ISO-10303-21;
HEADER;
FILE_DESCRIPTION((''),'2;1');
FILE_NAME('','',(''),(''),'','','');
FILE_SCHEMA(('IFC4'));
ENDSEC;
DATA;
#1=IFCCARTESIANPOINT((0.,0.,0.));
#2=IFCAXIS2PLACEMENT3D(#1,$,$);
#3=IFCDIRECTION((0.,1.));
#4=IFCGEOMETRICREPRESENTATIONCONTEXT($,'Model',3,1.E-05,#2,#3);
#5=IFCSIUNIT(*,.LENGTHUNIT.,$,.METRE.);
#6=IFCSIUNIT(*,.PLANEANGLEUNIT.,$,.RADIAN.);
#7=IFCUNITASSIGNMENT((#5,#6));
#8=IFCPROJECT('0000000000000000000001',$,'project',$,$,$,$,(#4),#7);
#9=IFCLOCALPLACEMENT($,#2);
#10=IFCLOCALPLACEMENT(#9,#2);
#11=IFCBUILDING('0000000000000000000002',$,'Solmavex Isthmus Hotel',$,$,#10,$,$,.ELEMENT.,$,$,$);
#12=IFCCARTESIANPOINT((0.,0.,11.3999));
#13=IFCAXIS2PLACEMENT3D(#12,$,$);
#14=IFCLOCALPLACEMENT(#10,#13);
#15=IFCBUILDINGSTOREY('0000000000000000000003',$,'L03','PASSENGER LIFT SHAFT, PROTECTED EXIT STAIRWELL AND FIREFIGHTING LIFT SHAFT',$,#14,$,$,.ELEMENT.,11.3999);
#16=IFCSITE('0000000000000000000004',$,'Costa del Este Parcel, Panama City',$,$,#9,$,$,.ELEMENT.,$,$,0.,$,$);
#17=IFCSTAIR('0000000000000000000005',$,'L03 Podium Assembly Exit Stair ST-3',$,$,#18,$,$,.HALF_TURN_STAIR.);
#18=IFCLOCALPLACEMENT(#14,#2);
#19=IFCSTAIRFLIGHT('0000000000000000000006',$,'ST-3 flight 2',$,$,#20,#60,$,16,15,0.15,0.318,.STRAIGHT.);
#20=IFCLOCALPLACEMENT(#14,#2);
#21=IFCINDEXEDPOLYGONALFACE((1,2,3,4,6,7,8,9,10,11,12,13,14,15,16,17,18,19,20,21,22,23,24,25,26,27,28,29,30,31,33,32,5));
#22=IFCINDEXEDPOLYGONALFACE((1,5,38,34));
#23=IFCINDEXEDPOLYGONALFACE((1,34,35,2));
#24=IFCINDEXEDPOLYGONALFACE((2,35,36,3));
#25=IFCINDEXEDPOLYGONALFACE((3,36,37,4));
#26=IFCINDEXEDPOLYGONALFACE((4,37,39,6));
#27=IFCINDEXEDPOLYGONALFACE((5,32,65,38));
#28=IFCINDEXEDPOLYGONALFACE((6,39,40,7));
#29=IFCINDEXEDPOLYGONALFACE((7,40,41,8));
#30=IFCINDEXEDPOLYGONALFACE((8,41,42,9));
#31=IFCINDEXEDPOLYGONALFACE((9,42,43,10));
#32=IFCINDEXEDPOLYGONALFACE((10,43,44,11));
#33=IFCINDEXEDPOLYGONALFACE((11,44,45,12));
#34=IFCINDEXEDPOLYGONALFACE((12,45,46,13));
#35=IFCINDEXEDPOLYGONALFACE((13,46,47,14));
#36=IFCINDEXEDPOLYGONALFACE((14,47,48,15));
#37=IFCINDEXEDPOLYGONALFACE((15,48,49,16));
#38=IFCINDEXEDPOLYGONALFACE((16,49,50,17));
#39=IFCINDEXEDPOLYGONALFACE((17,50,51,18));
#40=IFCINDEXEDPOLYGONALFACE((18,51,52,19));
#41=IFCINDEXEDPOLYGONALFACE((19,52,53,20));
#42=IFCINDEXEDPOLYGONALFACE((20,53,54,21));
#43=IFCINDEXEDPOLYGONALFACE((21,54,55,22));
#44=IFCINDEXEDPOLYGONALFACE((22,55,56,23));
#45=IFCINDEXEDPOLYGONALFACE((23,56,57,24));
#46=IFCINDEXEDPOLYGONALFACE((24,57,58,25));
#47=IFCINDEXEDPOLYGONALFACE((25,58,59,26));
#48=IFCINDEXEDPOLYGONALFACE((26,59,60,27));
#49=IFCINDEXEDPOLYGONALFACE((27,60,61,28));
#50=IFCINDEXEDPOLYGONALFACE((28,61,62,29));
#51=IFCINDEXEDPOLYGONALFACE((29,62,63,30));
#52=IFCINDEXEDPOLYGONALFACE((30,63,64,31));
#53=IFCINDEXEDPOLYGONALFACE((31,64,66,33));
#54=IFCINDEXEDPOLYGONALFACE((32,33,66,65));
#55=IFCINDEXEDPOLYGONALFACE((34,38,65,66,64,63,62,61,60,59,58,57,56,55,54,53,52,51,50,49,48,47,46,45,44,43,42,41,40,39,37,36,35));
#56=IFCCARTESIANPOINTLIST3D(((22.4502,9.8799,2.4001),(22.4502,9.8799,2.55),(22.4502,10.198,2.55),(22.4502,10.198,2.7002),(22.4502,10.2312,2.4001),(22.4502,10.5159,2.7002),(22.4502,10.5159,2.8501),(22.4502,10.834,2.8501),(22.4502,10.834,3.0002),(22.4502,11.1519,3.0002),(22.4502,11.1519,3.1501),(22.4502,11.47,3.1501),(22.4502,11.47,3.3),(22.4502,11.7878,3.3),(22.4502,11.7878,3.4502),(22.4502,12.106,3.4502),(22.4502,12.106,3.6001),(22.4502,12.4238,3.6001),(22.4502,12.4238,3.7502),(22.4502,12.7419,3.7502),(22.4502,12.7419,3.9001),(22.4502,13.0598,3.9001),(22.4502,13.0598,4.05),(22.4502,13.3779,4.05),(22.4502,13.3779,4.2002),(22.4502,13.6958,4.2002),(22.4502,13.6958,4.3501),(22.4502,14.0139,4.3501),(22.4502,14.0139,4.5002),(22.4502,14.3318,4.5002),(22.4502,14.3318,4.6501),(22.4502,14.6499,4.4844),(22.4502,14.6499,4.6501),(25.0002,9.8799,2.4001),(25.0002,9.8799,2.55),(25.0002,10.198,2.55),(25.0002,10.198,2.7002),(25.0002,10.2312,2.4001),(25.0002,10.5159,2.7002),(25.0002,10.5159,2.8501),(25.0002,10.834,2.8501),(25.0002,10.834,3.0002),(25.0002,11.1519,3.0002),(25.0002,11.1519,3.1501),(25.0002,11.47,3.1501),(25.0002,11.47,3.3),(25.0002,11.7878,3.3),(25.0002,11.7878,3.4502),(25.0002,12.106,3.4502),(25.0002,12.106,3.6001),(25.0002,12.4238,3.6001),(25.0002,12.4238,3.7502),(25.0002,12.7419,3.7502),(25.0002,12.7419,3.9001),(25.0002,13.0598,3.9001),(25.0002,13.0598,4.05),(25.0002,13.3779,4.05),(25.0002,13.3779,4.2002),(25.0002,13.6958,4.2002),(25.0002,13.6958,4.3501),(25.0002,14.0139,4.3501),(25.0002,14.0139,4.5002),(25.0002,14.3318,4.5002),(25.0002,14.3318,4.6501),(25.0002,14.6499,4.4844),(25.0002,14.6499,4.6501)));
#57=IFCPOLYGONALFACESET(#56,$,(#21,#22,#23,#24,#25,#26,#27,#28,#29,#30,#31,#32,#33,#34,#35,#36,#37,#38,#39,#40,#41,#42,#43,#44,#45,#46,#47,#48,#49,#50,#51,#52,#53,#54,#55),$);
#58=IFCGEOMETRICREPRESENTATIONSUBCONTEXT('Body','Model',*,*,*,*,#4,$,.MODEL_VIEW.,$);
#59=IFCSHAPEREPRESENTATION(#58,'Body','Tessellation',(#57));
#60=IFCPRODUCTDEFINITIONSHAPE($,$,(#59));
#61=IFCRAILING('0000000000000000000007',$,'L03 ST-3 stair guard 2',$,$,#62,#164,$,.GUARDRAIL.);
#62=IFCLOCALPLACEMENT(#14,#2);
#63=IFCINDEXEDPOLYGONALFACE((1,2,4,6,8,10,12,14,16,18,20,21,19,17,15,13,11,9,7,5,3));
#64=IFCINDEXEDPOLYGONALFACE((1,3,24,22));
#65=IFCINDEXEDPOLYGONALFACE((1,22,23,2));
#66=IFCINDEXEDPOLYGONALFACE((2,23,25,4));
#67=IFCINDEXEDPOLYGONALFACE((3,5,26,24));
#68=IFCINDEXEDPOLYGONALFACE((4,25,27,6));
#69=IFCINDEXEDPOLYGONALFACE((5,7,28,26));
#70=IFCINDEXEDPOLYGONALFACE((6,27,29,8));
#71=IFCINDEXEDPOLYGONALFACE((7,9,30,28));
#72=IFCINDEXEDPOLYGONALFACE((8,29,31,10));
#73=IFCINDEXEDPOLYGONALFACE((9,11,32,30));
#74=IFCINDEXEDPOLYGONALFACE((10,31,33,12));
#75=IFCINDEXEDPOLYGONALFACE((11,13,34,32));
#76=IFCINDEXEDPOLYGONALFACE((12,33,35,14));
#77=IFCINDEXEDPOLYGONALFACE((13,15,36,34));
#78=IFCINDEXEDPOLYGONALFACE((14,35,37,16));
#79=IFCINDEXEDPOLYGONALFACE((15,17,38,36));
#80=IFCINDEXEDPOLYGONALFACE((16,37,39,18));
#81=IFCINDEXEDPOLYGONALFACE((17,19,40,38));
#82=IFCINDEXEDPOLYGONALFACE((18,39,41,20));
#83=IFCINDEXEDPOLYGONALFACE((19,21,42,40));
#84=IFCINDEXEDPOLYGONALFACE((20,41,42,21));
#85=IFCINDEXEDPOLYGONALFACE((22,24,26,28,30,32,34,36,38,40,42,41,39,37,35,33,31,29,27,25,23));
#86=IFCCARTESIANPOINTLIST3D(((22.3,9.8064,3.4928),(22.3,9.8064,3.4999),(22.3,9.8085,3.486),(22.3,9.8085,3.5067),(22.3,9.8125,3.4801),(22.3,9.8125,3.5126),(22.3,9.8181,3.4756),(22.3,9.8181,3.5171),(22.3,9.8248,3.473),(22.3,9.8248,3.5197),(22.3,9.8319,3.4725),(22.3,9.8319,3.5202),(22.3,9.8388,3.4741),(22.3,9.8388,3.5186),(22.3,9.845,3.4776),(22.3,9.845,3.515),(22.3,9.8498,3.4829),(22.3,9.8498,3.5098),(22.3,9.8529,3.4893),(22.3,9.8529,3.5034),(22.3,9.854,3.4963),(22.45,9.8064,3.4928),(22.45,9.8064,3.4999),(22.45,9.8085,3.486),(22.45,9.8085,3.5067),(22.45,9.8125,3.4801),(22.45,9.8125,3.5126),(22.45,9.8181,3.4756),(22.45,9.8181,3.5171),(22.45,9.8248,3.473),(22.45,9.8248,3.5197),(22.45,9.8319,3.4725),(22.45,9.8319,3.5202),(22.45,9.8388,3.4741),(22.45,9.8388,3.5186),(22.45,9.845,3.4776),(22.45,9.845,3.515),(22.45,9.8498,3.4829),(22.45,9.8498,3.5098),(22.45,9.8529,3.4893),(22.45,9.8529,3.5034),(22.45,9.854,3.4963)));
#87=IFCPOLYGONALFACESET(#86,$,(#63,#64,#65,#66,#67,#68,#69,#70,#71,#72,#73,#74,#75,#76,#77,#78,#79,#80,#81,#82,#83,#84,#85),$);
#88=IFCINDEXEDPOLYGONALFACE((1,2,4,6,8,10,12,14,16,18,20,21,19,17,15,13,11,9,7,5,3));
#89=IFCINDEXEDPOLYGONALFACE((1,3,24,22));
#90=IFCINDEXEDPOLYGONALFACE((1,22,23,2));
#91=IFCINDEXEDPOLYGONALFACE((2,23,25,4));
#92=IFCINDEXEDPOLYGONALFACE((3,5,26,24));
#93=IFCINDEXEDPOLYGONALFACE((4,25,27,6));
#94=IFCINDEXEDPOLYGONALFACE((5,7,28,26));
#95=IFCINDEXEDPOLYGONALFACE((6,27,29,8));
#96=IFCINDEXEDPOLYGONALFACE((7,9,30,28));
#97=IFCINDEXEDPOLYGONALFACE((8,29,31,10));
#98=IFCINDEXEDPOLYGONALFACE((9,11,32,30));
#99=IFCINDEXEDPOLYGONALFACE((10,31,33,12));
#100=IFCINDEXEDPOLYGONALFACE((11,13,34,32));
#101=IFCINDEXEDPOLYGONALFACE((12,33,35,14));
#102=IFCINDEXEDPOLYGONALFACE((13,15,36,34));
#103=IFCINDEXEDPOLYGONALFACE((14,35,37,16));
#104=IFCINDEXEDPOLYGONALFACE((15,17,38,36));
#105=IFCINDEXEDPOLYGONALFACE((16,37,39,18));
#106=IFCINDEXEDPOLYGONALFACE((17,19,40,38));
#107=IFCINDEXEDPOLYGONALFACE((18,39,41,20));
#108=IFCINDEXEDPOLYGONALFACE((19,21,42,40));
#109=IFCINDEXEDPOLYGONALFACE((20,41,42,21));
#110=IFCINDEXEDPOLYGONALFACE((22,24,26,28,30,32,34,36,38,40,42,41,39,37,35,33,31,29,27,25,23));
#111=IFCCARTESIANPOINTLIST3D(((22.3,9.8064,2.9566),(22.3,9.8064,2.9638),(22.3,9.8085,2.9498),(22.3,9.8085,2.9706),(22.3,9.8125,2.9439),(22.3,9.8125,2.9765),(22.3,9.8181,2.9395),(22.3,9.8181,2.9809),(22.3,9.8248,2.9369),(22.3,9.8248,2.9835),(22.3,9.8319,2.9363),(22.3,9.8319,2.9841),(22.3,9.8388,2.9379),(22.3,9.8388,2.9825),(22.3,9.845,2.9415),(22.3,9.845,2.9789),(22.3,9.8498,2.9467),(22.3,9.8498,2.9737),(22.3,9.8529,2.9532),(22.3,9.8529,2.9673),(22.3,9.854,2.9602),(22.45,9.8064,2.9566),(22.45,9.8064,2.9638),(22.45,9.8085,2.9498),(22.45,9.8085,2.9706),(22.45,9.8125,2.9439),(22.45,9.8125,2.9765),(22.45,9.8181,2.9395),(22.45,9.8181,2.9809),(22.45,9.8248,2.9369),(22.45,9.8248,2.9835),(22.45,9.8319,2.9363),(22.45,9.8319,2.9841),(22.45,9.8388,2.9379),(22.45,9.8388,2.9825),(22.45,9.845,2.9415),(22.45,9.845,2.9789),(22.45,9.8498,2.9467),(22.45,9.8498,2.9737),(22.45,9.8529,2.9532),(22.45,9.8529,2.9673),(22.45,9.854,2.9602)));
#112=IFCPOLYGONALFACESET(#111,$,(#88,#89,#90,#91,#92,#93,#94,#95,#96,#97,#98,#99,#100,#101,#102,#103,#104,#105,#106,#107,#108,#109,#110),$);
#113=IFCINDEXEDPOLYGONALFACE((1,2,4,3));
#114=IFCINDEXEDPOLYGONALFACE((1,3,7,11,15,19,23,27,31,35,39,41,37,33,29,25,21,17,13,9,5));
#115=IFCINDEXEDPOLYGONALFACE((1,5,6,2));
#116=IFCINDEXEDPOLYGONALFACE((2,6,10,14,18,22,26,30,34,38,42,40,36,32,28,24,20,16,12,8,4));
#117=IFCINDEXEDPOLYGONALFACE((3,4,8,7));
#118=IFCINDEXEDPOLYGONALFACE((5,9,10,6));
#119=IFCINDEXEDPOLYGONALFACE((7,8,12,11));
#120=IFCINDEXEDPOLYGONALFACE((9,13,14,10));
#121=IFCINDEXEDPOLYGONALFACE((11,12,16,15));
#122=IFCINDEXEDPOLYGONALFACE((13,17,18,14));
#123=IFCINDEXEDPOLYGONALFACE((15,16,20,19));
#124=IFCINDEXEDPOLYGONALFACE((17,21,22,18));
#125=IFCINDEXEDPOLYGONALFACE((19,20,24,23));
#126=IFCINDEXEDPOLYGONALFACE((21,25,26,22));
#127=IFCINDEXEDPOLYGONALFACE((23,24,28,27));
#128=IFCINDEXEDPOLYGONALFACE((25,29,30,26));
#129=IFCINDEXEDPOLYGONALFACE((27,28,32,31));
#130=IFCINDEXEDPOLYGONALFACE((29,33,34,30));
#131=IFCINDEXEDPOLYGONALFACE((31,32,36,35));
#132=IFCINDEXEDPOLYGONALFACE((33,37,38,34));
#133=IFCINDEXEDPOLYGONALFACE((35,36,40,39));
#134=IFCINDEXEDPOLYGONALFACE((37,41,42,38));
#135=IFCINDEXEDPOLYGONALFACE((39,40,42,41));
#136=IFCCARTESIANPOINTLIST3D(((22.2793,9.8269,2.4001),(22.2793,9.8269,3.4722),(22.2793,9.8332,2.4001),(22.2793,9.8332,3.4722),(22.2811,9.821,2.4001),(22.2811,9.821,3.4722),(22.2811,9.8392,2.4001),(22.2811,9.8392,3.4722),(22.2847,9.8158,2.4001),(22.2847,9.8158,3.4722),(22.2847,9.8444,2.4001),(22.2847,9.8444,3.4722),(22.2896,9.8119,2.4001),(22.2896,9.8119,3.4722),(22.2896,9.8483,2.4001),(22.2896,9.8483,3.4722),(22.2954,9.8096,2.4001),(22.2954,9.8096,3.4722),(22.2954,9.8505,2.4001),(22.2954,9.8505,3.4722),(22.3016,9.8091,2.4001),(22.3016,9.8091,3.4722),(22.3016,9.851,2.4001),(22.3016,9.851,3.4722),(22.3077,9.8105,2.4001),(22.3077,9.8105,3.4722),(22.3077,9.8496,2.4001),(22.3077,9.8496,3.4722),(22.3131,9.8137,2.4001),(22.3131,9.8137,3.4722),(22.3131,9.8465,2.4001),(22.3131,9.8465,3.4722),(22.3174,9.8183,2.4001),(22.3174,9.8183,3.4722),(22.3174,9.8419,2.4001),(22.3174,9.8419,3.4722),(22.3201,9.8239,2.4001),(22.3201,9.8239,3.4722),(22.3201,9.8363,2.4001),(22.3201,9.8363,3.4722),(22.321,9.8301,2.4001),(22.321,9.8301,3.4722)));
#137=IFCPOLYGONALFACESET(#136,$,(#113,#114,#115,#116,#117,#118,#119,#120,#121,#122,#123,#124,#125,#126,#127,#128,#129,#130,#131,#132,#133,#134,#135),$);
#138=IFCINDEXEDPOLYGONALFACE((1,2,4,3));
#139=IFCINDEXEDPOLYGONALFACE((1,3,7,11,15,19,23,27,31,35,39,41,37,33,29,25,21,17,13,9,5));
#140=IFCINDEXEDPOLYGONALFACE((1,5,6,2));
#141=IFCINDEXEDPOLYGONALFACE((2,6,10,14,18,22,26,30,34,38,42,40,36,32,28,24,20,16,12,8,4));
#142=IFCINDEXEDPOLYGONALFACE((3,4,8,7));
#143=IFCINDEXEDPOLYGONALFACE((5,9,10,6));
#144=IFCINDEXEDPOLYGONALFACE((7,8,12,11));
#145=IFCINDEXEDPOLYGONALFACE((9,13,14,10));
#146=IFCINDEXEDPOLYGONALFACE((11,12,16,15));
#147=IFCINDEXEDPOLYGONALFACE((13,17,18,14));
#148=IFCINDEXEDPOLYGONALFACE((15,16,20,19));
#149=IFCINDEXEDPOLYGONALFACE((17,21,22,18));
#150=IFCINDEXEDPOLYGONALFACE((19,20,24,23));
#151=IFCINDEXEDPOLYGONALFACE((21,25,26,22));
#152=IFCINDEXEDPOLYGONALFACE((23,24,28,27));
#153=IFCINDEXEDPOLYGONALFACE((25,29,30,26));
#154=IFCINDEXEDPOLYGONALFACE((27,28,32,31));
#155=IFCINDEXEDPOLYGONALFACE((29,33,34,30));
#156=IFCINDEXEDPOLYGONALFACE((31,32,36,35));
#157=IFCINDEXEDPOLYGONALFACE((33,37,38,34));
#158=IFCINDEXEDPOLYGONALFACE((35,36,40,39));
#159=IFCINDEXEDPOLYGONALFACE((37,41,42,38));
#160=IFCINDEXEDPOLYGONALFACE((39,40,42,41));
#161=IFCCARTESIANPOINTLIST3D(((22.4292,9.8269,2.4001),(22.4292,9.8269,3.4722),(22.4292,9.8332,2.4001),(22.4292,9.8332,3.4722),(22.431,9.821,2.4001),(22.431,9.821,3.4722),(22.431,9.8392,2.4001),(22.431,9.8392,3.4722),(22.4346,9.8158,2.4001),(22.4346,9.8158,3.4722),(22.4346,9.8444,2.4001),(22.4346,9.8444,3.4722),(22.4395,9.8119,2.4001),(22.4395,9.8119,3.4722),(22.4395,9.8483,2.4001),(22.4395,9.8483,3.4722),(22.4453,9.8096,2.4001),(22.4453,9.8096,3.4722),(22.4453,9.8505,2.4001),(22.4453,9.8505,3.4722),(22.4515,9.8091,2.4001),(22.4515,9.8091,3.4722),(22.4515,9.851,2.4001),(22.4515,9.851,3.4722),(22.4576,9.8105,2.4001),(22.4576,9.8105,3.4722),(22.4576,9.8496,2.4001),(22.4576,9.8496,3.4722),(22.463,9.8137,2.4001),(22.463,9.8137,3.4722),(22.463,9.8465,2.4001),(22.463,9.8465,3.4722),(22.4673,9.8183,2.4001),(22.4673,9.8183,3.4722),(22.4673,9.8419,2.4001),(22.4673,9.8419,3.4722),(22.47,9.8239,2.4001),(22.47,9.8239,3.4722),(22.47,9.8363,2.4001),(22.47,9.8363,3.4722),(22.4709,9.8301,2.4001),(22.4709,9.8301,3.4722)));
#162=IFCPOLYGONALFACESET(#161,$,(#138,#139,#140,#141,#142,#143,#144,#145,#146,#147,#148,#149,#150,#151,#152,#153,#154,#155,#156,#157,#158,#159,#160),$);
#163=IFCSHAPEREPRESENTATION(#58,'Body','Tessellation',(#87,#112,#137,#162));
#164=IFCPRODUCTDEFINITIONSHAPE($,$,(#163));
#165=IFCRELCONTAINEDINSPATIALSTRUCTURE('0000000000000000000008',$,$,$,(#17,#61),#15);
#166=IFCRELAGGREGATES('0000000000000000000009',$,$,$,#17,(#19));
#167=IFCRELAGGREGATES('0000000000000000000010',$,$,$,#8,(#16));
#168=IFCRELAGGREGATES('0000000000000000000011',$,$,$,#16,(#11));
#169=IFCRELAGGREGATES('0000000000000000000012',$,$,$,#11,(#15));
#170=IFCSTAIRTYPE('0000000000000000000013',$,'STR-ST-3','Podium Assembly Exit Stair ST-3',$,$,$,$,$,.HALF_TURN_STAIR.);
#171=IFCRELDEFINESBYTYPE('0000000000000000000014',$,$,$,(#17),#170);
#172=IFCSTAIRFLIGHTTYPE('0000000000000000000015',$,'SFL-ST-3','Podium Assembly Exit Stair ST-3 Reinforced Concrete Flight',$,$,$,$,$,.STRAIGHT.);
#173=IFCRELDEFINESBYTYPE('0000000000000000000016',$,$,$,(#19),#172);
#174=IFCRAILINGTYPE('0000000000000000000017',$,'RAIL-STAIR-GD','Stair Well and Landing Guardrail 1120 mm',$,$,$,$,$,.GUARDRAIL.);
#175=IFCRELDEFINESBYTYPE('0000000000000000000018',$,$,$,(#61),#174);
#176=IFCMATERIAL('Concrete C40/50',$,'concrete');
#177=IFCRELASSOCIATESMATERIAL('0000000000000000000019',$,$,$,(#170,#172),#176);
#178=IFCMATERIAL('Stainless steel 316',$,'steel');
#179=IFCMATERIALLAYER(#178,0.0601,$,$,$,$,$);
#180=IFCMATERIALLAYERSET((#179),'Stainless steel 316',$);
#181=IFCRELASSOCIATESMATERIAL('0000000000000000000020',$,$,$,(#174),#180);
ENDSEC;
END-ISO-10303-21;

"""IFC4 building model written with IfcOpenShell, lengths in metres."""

from ifc_helpers import new_model, si_unit, direction, frame, origin, origin_2d, place, context, subcontext, project, spatial, polyline, circle, outline, extrude, material, layer, layer_set, type_object, element, aggregate, save


model = new_model("IFC4")

# Units and contexts
model_context = context("Model", 3, precision=1e-05, world=origin(), true_north=direction((0.0, 1.0)))
body_context = subcontext(model_context, "Body", "Model", "MODEL_VIEW")
ifc_project = project(units=[si_unit("LENGTHUNIT", "METRE"), si_unit("PLANEANGLEUNIT", "RADIAN")], contexts=[model_context])

# Site, building, storey
site_placement = place(None, origin())
site = spatial("IfcSite", under=ifc_project, at=site_placement, Name="Costa del Este Parcel, Panama City", CompositionType="ELEMENT", RefElevation=0.0)
building_placement = place(site_placement, origin())
building = spatial("IfcBuilding", under=site, at=building_placement, Name="Solmavex Isthmus Hotel", CompositionType="ELEMENT")
storey_placement = place(building_placement, frame((0.0, 0.0, 11.3999)))
storey = spatial("IfcBuildingStorey", under=building, at=storey_placement, Name="L03", Description="PASSENGER LIFT SHAFT, PROTECTED EXIT STAIRWELL AND FIREFIGHTING LIFT SHAFT", CompositionType="ELEMENT", Elevation=11.3999)

# Shared definitions
ifc_material_1 = material(Name="Concrete C40/50", Category="concrete")

# Stair, stair flight
stair_type = type_object("IfcStairType", Name="STR-ST-3", Description="Podium Assembly Exit Stair ST-3", PredefinedType="HALF_TURN_STAIR", material=ifc_material_1)
stair_placement = place(storey_placement, origin())
stair = element("IfcStair", 1, at=stair_placement, inside=storey, type_object=stair_type, Name="L03 Podium Assembly Exit Stair ST-3", PredefinedType="HALF_TURN_STAIR")
stair_flight_type = type_object("IfcStairFlightType", Name="SFL-ST-3", Description="Podium Assembly Exit Stair ST-3 Reinforced Concrete Flight", PredefinedType="STRAIGHT", material=ifc_material_1)
stair_flight_1_placement = place(storey_placement, frame((23.7251, 9.8799, 2.4001), z_axis=(0.0, 0.0, 1.0), x_axis=(0.0, 1.0, 0.0)))
stair_flight_1 = element("IfcStairFlight", 2, at=stair_flight_1_placement, type_object=stair_flight_type, Name="ST-3 flight 2", NumberOfRisers=16, NumberOfTreads=15, PredefinedType="STRAIGHT", RiserHeight=0.15, TreadLength=0.318, context=body_context, shape_type="SweptSolid", body=[
    extrude(outline(polyline([(0.0, 0.0), (0.0, 0.1499), (0.3181, 0.1499), (0.3181, 0.3), (0.636, 0.3), (0.636, 0.45), (0.9541, 0.45), (0.9541, 0.6001), (1.272, 0.6001), (1.272, 0.75), (1.5901, 0.75), (1.5901, 0.8999), (1.908, 0.8999), (1.908, 1.05), (2.2261, 1.05), (2.2261, 1.2), (2.5439, 1.2), (2.5439, 1.3501), (2.8621, 1.3501), (2.8621, 1.5), (3.1799, 1.5), (3.1799, 1.6499), (3.498, 1.6499), (3.498, 1.8), (3.8159, 1.8), (3.8159, 1.95), (4.134, 1.95), (4.134, 2.1001), (4.4519, 2.1001), (4.4519, 2.25), (4.77, 2.25), (4.77, 2.3999), (4.77, 2.0842), (0.3513, 0.0), (0.0, 0.0)])), frame((0.0, 1.2749, 0.0), z_axis=(0.0, -1.0, 0.0), x_axis=(1.0, 0.0, 0.0)), (0.0, 0.0, 1.0), 2.55),
])
aggregate(stair, [stair_flight_1])

# Railing
ifc_material_2 = material(Name="Stainless steel 316", Category="steel")
ifc_layer_1 = layer(ifc_material_2, 0.0601)
ifc_layer_set_1 = layer_set([ifc_layer_1], Name="Stainless steel 316")
railing_type_1 = type_object("IfcRailingType", Name="RAIL-STAIR-GD", Description="Stair Well and Landing Guardrail 1120 mm", PredefinedType="GUARDRAIL", material=ifc_layer_set_1)
railing_1_placement = place(storey_placement, frame((22.3, 9.8301, 2.4001)))
element("IfcRailing", 3, at=railing_1_placement, inside=storey, type_object=railing_type_1, Name="L03 ST-3 stair guard 2", PredefinedType="GUARDRAIL", context=body_context, shape_type="SweptSolid", body=[
    extrude(circle(Radius=0.0239, at=origin_2d()), frame((0.0, 0.0, 1.0962), z_axis=(1.0, 0.0, 0.0), x_axis=(0.0, 1.0, 0.0)), (0.0, 0.0, 1.0), 0.1499),
    extrude(circle(Radius=0.0239, at=origin_2d()), frame((0.0, 0.0, 0.5601), z_axis=(1.0, 0.0, 0.0), x_axis=(0.0, 1.0, 0.0)), (0.0, 0.0, 1.0), 0.1499),
    extrude(circle(Radius=0.021, at=origin_2d()), origin(), (0.0, 0.0, 1.0), 1.072),
    extrude(circle(Radius=0.021, at=origin_2d()), frame((0.1499, 0.0, 0.0)), (0.0, 0.0, 1.0), 1.072),
])

save(model, "model.ifc")
